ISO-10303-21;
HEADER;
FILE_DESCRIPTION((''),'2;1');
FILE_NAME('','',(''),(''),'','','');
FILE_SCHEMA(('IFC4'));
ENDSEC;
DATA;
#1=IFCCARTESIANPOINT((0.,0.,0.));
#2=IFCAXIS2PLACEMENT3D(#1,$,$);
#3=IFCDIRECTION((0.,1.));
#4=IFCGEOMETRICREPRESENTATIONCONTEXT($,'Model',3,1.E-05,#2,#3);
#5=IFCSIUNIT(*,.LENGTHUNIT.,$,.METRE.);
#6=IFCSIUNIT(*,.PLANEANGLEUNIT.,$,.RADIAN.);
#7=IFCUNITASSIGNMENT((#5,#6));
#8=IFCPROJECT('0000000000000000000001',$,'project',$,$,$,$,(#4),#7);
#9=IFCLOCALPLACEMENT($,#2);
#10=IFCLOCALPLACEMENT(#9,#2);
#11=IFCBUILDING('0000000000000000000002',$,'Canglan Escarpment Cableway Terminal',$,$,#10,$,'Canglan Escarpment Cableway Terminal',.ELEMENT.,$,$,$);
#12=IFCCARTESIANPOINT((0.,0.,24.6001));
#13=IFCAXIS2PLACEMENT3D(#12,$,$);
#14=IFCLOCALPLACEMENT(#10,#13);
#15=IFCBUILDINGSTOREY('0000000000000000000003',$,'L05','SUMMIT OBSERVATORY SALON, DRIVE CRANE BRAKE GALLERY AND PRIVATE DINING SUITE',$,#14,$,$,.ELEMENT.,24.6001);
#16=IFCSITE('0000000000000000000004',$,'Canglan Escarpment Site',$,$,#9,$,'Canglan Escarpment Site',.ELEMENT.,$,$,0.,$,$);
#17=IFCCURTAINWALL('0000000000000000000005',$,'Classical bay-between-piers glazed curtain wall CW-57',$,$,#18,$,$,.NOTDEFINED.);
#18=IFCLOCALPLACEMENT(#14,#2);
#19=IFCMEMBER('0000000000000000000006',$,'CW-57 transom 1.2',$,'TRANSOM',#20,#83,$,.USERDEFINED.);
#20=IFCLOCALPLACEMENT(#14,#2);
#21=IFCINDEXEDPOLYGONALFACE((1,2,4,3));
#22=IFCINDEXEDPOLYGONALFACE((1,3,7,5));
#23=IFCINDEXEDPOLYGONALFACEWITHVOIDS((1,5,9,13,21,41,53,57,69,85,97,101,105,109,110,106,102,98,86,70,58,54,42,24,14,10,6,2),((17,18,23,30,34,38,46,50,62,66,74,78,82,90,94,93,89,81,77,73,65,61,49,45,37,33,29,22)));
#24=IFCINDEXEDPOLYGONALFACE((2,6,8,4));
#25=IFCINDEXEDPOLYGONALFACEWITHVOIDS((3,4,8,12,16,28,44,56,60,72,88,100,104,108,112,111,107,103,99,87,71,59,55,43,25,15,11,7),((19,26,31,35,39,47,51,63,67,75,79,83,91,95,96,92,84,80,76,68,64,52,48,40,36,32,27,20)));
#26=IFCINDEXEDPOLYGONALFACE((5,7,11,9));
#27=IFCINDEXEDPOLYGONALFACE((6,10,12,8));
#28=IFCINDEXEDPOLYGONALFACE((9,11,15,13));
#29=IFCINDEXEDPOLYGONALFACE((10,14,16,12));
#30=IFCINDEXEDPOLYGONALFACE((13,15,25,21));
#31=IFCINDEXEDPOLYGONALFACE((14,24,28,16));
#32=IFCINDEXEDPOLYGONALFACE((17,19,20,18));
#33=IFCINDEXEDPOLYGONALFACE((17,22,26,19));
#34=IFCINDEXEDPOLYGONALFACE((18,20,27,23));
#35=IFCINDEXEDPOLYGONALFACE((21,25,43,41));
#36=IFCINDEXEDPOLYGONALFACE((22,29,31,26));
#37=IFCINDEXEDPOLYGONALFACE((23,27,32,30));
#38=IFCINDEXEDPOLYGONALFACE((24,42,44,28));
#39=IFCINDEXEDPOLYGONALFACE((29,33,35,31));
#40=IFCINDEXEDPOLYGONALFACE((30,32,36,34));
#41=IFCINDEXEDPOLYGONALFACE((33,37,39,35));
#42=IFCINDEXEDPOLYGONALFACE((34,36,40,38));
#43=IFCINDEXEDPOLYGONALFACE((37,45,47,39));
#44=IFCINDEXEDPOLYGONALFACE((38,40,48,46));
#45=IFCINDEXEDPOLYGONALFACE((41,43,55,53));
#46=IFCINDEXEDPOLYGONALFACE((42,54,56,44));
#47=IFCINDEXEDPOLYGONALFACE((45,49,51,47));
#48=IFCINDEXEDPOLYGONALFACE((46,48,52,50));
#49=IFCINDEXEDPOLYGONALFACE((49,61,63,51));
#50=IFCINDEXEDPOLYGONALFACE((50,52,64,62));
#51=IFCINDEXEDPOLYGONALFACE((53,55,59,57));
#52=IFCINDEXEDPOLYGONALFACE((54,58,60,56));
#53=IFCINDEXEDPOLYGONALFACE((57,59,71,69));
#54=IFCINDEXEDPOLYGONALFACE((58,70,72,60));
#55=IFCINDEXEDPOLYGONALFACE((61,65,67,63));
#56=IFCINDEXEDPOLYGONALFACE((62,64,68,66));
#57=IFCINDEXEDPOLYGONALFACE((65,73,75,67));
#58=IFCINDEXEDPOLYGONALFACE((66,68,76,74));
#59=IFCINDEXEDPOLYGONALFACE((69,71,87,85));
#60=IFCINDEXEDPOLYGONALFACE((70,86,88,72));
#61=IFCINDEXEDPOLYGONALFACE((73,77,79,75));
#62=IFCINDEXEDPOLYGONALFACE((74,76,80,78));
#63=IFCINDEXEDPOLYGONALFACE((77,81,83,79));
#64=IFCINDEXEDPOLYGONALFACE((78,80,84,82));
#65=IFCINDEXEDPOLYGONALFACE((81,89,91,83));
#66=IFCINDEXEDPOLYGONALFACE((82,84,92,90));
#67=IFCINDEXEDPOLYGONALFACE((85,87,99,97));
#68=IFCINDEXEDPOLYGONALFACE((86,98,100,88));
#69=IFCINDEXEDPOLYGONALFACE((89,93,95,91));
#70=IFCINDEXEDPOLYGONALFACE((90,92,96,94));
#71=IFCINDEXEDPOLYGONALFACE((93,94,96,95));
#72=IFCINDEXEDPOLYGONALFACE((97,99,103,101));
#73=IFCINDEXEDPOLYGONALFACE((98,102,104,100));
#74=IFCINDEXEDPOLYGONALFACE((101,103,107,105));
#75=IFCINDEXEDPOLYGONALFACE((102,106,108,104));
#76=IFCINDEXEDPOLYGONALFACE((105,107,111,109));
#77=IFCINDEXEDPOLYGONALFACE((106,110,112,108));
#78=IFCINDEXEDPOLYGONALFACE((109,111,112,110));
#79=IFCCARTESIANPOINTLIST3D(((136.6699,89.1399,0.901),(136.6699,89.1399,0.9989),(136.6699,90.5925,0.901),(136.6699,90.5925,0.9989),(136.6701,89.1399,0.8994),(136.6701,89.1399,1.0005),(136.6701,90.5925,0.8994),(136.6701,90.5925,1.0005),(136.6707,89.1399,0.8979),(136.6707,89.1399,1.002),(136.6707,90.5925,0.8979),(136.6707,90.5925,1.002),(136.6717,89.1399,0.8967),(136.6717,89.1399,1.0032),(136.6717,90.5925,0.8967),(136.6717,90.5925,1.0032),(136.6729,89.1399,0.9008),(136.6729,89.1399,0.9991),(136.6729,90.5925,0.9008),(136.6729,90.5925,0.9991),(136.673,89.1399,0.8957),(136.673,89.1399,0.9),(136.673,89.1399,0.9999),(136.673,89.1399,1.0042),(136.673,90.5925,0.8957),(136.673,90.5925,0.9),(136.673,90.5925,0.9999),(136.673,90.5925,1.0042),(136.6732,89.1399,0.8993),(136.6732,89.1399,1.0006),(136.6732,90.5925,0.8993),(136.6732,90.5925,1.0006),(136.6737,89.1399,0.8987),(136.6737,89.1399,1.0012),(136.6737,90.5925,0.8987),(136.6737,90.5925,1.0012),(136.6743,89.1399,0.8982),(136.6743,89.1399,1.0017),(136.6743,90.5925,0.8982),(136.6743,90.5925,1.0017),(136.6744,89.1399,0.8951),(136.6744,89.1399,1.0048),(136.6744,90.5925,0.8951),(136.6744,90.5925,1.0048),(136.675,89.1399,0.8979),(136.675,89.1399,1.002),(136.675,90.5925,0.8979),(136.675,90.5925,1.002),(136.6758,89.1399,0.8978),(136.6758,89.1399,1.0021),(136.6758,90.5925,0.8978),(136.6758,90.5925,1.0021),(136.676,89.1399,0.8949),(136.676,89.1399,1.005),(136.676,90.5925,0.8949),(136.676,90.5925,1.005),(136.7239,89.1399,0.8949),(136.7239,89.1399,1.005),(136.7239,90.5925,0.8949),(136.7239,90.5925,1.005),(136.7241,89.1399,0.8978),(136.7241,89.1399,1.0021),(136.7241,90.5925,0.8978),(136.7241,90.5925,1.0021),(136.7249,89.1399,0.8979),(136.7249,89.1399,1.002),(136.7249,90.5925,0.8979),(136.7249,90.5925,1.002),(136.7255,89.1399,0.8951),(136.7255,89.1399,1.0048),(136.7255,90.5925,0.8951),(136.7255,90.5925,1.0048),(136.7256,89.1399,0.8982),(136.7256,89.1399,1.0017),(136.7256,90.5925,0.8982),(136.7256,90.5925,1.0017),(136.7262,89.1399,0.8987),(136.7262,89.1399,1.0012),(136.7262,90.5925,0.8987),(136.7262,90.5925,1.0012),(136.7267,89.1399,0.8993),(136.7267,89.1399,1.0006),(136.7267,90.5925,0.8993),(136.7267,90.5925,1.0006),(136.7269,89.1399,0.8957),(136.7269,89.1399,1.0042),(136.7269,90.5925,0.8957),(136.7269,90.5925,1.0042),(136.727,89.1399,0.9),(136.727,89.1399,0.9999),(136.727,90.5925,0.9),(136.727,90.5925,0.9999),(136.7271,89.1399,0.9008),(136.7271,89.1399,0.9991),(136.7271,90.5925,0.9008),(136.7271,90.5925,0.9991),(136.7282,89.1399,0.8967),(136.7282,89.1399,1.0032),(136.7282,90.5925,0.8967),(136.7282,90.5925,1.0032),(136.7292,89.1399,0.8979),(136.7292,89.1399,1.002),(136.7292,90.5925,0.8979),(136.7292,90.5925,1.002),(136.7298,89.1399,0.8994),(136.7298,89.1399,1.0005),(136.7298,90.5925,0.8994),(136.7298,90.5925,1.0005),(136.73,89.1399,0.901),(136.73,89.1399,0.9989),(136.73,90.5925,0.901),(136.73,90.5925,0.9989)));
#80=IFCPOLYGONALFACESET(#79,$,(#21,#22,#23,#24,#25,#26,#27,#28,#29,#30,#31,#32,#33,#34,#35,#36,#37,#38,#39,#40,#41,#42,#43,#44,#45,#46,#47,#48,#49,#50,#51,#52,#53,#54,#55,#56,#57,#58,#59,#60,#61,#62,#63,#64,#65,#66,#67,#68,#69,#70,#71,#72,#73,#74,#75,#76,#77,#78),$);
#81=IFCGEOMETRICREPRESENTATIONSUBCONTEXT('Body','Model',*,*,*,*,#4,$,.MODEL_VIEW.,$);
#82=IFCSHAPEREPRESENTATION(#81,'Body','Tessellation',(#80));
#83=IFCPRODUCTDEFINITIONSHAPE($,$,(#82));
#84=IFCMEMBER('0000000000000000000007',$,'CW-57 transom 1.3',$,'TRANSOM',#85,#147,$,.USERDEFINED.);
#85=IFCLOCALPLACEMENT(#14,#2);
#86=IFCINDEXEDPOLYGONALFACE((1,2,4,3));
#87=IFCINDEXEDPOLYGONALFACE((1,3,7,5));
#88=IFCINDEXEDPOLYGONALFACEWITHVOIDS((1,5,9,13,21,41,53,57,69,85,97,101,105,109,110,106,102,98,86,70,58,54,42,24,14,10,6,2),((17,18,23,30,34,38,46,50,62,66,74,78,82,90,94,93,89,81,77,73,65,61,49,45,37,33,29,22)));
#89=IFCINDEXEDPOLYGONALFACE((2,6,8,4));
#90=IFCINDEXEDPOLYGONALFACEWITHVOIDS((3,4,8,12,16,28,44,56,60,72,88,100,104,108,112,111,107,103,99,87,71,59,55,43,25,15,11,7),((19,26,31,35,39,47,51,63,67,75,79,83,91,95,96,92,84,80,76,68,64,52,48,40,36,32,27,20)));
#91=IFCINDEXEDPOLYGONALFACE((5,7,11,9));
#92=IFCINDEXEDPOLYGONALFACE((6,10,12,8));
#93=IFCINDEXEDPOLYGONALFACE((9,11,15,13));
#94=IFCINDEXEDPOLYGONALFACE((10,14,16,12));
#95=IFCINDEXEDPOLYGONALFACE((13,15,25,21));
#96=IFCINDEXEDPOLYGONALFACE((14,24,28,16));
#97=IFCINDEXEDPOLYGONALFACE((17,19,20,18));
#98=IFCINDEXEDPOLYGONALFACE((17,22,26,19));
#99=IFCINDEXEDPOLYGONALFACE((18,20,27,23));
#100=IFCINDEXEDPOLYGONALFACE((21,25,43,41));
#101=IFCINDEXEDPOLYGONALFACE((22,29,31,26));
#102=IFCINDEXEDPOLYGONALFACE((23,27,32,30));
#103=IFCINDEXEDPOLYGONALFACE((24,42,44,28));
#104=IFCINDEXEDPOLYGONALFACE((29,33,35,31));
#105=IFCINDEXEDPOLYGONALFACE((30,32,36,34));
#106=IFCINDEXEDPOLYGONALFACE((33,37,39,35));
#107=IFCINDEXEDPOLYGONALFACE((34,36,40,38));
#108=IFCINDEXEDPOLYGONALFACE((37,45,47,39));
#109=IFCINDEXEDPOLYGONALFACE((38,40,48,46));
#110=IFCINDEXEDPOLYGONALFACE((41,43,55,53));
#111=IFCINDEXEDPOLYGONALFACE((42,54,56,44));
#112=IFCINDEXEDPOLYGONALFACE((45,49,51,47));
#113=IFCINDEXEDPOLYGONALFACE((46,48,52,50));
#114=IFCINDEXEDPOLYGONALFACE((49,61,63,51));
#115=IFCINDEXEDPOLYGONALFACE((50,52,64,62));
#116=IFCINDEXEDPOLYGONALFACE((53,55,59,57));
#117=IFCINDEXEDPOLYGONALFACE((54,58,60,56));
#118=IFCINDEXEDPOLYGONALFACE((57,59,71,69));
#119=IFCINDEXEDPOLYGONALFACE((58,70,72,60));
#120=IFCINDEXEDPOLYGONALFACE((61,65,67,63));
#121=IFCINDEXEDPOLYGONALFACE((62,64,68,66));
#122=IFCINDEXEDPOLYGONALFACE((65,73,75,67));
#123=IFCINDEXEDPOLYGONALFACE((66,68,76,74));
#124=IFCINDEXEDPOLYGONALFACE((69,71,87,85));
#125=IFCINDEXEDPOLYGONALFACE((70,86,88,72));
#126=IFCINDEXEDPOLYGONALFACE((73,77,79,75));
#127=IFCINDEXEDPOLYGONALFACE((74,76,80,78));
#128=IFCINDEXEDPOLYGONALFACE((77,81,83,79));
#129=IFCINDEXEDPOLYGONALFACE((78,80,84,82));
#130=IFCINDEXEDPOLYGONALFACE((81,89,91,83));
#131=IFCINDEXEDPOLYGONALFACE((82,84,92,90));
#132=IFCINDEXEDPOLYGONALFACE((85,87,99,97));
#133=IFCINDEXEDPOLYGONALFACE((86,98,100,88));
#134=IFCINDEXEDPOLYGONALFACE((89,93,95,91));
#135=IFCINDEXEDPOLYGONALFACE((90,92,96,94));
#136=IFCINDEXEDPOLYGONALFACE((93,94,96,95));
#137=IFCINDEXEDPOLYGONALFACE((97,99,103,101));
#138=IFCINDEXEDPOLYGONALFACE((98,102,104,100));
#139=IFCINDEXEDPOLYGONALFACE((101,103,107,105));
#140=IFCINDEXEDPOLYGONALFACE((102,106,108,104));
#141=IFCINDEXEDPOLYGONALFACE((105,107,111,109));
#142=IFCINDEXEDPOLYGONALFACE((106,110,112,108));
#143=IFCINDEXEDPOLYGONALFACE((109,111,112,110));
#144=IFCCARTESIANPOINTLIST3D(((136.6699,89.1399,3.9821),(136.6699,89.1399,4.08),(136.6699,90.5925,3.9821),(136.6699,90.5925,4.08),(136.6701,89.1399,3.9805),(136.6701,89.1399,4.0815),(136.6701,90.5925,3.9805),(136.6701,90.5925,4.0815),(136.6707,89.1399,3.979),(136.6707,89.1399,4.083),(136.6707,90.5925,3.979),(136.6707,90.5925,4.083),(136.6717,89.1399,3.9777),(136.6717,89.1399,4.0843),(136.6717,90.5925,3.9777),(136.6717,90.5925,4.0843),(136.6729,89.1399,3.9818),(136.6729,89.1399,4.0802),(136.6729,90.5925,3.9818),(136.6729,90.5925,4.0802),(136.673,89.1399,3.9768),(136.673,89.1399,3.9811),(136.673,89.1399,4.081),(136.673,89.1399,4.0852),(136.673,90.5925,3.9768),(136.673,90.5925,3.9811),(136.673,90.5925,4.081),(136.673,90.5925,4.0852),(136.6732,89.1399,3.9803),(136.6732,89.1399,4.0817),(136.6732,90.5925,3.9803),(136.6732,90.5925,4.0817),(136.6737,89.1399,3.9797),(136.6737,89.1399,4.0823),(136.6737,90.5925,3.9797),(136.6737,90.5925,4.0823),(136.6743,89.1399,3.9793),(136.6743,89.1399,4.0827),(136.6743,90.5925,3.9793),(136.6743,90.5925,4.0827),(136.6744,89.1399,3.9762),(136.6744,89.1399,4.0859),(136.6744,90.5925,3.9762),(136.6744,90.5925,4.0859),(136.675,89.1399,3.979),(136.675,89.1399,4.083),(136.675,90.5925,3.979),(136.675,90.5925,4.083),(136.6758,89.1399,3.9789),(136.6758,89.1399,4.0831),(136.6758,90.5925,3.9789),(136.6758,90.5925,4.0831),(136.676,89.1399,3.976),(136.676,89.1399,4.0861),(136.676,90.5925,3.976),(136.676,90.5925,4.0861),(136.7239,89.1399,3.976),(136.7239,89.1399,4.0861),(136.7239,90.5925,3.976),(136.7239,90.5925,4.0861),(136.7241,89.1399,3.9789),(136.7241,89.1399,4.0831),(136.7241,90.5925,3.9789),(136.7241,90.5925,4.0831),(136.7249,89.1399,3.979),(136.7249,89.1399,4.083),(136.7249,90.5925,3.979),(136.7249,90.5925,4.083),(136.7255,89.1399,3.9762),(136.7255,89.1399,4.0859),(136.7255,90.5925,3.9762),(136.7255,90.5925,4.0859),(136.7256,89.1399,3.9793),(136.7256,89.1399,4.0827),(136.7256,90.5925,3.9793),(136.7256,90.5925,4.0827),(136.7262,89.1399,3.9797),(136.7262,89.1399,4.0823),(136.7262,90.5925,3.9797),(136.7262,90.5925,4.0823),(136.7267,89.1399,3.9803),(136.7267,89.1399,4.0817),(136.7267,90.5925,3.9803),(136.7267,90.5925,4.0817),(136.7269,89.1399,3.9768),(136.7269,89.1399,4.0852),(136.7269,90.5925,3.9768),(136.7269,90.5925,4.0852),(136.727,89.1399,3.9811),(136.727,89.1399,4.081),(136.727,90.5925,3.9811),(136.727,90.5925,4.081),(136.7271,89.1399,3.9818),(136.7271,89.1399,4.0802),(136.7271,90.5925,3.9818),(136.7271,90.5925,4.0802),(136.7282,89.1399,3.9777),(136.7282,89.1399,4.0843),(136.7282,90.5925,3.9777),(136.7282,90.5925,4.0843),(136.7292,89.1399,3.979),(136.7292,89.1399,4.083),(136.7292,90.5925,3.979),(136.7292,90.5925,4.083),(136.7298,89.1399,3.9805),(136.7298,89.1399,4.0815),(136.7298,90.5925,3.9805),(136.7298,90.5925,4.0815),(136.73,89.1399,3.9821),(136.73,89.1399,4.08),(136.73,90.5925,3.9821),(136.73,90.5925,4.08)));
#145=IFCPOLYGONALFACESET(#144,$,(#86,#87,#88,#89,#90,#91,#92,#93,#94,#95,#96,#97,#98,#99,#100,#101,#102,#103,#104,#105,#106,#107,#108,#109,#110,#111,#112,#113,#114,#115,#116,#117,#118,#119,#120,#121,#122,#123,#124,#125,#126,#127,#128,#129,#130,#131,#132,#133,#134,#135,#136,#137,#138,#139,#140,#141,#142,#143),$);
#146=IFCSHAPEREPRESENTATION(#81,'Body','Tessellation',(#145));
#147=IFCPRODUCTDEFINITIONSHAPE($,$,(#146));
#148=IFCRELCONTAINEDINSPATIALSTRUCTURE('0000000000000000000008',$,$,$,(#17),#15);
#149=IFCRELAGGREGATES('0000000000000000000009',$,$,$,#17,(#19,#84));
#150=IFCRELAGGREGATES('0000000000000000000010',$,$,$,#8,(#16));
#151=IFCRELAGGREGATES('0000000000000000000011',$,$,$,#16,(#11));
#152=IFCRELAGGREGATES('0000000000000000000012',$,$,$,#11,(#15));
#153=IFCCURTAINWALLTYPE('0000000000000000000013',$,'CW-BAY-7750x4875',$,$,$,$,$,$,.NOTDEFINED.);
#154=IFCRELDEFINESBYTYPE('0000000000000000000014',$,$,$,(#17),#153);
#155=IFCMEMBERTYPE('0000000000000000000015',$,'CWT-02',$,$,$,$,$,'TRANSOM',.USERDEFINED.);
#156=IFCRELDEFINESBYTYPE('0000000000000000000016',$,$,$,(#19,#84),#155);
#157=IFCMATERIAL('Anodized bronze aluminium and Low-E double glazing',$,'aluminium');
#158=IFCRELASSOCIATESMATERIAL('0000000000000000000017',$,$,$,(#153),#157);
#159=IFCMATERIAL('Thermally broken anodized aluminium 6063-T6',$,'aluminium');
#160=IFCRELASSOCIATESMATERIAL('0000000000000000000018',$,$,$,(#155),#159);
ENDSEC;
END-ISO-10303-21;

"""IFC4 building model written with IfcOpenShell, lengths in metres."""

from ifc_helpers import new_model, si_unit, direction, frame, origin, origin_2d, place, context, subcontext, project, spatial, hollow_rectangle, extrude, material, material_profile, profile_set, type_object, element, aggregate, save


model = new_model("IFC4")

# Units and contexts
model_context = context("Model", 3, precision=1e-05, world=origin(), true_north=direction((0.0, 1.0)))
body_context = subcontext(model_context, "Body", "Model", "MODEL_VIEW")
ifc_project = project(units=[si_unit("LENGTHUNIT", "METRE"), si_unit("PLANEANGLEUNIT", "RADIAN")], contexts=[model_context])

# Site, building, storey
site_placement = place(None, origin())
site = spatial("IfcSite", under=ifc_project, at=site_placement, Name="Canglan Escarpment Site", LongName="Canglan Escarpment Site", CompositionType="ELEMENT", RefElevation=0.0)
building_placement = place(site_placement, origin())
building = spatial("IfcBuilding", under=site, at=building_placement, Name="Canglan Escarpment Cableway Terminal", LongName="Canglan Escarpment Cableway Terminal", CompositionType="ELEMENT")
storey_placement = place(building_placement, frame((0.0, 0.0, 24.6001)))
storey = spatial("IfcBuildingStorey", under=building, at=storey_placement, Name="L05", Description="SUMMIT OBSERVATORY SALON, DRIVE CRANE BRAKE GALLERY AND PRIVATE DINING SUITE", CompositionType="ELEMENT", Elevation=24.6001)

# Curtain wall, members
ifc_material_1 = material(Name="Anodized bronze aluminium and Low-E double glazing", Category="aluminium")
curtain_wall_type = type_object("IfcCurtainWallType", Name="CW-BAY-7750x4875", PredefinedType="NOTDEFINED", material=ifc_material_1)
curtain_wall_placement = place(storey_placement, origin())
curtain_wall = element("IfcCurtainWall", 1, at=curtain_wall_placement, inside=storey, type_object=curtain_wall_type, Name="Classical bay-between-piers glazed curtain wall CW-57", PredefinedType="NOTDEFINED")
ifc_material_2 = material(Name="Thermally broken anodized aluminium 6063-T6", Category="aluminium")
ifc_material_profile_1 = material_profile(ifc_material_2, hollow_rectangle(XDim=0.0601, YDim=0.1101, WallThickness=0.0029, InnerFilletRadius=0.0029, OuterFilletRadius=0.0061, at=origin_2d()), Name="ALU-TRAN 60x110x3")
ifc_profile_set_1 = profile_set([ifc_material_profile_1], Name="Thermally broken anodized aluminium 6063-T6")
member_type_1 = type_object("IfcMemberType", Name="CWT-02", ElementType="TRANSOM", PredefinedType="USERDEFINED", material=ifc_profile_set_1)
member_1_placement = place(storey_placement, frame((136.7, 89.1399, 0.95), z_axis=(0.0, 1.0, 0.0), x_axis=(-1.0, 0.0, 0.0)))
member_1 = element("IfcMember", 2, at=member_1_placement, type_object=member_type_1, Name="CW-57 transom 1.2", ObjectType="TRANSOM", PredefinedType="USERDEFINED", context=body_context, shape_type="SweptSolid", body=[
    extrude(hollow_rectangle(XDim=0.0601, YDim=0.1101, WallThickness=0.0029, InnerFilletRadius=0.0029, OuterFilletRadius=0.0061, at=origin_2d()), origin(), (0.0, 0.0, 1.0), 1.4526),
])
member_2_placement = place(storey_placement, frame((136.7, 89.1399, 4.031), z_axis=(0.0, 1.0, 0.0), x_axis=(-1.0, 0.0, 0.0)))
member_2 = element("IfcMember", 3, at=member_2_placement, type_object=member_type_1, Name="CW-57 transom 1.3", ObjectType="TRANSOM", PredefinedType="USERDEFINED", context=body_context, shape_type="SweptSolid", body=[
    extrude(hollow_rectangle(XDim=0.0601, YDim=0.1101, WallThickness=0.0029, InnerFilletRadius=0.0029, OuterFilletRadius=0.0061, at=origin_2d()), origin(), (0.0, 0.0, 1.0), 1.4526),
])
aggregate(curtain_wall, [member_1, member_2])

save(model, "model.ifc")
